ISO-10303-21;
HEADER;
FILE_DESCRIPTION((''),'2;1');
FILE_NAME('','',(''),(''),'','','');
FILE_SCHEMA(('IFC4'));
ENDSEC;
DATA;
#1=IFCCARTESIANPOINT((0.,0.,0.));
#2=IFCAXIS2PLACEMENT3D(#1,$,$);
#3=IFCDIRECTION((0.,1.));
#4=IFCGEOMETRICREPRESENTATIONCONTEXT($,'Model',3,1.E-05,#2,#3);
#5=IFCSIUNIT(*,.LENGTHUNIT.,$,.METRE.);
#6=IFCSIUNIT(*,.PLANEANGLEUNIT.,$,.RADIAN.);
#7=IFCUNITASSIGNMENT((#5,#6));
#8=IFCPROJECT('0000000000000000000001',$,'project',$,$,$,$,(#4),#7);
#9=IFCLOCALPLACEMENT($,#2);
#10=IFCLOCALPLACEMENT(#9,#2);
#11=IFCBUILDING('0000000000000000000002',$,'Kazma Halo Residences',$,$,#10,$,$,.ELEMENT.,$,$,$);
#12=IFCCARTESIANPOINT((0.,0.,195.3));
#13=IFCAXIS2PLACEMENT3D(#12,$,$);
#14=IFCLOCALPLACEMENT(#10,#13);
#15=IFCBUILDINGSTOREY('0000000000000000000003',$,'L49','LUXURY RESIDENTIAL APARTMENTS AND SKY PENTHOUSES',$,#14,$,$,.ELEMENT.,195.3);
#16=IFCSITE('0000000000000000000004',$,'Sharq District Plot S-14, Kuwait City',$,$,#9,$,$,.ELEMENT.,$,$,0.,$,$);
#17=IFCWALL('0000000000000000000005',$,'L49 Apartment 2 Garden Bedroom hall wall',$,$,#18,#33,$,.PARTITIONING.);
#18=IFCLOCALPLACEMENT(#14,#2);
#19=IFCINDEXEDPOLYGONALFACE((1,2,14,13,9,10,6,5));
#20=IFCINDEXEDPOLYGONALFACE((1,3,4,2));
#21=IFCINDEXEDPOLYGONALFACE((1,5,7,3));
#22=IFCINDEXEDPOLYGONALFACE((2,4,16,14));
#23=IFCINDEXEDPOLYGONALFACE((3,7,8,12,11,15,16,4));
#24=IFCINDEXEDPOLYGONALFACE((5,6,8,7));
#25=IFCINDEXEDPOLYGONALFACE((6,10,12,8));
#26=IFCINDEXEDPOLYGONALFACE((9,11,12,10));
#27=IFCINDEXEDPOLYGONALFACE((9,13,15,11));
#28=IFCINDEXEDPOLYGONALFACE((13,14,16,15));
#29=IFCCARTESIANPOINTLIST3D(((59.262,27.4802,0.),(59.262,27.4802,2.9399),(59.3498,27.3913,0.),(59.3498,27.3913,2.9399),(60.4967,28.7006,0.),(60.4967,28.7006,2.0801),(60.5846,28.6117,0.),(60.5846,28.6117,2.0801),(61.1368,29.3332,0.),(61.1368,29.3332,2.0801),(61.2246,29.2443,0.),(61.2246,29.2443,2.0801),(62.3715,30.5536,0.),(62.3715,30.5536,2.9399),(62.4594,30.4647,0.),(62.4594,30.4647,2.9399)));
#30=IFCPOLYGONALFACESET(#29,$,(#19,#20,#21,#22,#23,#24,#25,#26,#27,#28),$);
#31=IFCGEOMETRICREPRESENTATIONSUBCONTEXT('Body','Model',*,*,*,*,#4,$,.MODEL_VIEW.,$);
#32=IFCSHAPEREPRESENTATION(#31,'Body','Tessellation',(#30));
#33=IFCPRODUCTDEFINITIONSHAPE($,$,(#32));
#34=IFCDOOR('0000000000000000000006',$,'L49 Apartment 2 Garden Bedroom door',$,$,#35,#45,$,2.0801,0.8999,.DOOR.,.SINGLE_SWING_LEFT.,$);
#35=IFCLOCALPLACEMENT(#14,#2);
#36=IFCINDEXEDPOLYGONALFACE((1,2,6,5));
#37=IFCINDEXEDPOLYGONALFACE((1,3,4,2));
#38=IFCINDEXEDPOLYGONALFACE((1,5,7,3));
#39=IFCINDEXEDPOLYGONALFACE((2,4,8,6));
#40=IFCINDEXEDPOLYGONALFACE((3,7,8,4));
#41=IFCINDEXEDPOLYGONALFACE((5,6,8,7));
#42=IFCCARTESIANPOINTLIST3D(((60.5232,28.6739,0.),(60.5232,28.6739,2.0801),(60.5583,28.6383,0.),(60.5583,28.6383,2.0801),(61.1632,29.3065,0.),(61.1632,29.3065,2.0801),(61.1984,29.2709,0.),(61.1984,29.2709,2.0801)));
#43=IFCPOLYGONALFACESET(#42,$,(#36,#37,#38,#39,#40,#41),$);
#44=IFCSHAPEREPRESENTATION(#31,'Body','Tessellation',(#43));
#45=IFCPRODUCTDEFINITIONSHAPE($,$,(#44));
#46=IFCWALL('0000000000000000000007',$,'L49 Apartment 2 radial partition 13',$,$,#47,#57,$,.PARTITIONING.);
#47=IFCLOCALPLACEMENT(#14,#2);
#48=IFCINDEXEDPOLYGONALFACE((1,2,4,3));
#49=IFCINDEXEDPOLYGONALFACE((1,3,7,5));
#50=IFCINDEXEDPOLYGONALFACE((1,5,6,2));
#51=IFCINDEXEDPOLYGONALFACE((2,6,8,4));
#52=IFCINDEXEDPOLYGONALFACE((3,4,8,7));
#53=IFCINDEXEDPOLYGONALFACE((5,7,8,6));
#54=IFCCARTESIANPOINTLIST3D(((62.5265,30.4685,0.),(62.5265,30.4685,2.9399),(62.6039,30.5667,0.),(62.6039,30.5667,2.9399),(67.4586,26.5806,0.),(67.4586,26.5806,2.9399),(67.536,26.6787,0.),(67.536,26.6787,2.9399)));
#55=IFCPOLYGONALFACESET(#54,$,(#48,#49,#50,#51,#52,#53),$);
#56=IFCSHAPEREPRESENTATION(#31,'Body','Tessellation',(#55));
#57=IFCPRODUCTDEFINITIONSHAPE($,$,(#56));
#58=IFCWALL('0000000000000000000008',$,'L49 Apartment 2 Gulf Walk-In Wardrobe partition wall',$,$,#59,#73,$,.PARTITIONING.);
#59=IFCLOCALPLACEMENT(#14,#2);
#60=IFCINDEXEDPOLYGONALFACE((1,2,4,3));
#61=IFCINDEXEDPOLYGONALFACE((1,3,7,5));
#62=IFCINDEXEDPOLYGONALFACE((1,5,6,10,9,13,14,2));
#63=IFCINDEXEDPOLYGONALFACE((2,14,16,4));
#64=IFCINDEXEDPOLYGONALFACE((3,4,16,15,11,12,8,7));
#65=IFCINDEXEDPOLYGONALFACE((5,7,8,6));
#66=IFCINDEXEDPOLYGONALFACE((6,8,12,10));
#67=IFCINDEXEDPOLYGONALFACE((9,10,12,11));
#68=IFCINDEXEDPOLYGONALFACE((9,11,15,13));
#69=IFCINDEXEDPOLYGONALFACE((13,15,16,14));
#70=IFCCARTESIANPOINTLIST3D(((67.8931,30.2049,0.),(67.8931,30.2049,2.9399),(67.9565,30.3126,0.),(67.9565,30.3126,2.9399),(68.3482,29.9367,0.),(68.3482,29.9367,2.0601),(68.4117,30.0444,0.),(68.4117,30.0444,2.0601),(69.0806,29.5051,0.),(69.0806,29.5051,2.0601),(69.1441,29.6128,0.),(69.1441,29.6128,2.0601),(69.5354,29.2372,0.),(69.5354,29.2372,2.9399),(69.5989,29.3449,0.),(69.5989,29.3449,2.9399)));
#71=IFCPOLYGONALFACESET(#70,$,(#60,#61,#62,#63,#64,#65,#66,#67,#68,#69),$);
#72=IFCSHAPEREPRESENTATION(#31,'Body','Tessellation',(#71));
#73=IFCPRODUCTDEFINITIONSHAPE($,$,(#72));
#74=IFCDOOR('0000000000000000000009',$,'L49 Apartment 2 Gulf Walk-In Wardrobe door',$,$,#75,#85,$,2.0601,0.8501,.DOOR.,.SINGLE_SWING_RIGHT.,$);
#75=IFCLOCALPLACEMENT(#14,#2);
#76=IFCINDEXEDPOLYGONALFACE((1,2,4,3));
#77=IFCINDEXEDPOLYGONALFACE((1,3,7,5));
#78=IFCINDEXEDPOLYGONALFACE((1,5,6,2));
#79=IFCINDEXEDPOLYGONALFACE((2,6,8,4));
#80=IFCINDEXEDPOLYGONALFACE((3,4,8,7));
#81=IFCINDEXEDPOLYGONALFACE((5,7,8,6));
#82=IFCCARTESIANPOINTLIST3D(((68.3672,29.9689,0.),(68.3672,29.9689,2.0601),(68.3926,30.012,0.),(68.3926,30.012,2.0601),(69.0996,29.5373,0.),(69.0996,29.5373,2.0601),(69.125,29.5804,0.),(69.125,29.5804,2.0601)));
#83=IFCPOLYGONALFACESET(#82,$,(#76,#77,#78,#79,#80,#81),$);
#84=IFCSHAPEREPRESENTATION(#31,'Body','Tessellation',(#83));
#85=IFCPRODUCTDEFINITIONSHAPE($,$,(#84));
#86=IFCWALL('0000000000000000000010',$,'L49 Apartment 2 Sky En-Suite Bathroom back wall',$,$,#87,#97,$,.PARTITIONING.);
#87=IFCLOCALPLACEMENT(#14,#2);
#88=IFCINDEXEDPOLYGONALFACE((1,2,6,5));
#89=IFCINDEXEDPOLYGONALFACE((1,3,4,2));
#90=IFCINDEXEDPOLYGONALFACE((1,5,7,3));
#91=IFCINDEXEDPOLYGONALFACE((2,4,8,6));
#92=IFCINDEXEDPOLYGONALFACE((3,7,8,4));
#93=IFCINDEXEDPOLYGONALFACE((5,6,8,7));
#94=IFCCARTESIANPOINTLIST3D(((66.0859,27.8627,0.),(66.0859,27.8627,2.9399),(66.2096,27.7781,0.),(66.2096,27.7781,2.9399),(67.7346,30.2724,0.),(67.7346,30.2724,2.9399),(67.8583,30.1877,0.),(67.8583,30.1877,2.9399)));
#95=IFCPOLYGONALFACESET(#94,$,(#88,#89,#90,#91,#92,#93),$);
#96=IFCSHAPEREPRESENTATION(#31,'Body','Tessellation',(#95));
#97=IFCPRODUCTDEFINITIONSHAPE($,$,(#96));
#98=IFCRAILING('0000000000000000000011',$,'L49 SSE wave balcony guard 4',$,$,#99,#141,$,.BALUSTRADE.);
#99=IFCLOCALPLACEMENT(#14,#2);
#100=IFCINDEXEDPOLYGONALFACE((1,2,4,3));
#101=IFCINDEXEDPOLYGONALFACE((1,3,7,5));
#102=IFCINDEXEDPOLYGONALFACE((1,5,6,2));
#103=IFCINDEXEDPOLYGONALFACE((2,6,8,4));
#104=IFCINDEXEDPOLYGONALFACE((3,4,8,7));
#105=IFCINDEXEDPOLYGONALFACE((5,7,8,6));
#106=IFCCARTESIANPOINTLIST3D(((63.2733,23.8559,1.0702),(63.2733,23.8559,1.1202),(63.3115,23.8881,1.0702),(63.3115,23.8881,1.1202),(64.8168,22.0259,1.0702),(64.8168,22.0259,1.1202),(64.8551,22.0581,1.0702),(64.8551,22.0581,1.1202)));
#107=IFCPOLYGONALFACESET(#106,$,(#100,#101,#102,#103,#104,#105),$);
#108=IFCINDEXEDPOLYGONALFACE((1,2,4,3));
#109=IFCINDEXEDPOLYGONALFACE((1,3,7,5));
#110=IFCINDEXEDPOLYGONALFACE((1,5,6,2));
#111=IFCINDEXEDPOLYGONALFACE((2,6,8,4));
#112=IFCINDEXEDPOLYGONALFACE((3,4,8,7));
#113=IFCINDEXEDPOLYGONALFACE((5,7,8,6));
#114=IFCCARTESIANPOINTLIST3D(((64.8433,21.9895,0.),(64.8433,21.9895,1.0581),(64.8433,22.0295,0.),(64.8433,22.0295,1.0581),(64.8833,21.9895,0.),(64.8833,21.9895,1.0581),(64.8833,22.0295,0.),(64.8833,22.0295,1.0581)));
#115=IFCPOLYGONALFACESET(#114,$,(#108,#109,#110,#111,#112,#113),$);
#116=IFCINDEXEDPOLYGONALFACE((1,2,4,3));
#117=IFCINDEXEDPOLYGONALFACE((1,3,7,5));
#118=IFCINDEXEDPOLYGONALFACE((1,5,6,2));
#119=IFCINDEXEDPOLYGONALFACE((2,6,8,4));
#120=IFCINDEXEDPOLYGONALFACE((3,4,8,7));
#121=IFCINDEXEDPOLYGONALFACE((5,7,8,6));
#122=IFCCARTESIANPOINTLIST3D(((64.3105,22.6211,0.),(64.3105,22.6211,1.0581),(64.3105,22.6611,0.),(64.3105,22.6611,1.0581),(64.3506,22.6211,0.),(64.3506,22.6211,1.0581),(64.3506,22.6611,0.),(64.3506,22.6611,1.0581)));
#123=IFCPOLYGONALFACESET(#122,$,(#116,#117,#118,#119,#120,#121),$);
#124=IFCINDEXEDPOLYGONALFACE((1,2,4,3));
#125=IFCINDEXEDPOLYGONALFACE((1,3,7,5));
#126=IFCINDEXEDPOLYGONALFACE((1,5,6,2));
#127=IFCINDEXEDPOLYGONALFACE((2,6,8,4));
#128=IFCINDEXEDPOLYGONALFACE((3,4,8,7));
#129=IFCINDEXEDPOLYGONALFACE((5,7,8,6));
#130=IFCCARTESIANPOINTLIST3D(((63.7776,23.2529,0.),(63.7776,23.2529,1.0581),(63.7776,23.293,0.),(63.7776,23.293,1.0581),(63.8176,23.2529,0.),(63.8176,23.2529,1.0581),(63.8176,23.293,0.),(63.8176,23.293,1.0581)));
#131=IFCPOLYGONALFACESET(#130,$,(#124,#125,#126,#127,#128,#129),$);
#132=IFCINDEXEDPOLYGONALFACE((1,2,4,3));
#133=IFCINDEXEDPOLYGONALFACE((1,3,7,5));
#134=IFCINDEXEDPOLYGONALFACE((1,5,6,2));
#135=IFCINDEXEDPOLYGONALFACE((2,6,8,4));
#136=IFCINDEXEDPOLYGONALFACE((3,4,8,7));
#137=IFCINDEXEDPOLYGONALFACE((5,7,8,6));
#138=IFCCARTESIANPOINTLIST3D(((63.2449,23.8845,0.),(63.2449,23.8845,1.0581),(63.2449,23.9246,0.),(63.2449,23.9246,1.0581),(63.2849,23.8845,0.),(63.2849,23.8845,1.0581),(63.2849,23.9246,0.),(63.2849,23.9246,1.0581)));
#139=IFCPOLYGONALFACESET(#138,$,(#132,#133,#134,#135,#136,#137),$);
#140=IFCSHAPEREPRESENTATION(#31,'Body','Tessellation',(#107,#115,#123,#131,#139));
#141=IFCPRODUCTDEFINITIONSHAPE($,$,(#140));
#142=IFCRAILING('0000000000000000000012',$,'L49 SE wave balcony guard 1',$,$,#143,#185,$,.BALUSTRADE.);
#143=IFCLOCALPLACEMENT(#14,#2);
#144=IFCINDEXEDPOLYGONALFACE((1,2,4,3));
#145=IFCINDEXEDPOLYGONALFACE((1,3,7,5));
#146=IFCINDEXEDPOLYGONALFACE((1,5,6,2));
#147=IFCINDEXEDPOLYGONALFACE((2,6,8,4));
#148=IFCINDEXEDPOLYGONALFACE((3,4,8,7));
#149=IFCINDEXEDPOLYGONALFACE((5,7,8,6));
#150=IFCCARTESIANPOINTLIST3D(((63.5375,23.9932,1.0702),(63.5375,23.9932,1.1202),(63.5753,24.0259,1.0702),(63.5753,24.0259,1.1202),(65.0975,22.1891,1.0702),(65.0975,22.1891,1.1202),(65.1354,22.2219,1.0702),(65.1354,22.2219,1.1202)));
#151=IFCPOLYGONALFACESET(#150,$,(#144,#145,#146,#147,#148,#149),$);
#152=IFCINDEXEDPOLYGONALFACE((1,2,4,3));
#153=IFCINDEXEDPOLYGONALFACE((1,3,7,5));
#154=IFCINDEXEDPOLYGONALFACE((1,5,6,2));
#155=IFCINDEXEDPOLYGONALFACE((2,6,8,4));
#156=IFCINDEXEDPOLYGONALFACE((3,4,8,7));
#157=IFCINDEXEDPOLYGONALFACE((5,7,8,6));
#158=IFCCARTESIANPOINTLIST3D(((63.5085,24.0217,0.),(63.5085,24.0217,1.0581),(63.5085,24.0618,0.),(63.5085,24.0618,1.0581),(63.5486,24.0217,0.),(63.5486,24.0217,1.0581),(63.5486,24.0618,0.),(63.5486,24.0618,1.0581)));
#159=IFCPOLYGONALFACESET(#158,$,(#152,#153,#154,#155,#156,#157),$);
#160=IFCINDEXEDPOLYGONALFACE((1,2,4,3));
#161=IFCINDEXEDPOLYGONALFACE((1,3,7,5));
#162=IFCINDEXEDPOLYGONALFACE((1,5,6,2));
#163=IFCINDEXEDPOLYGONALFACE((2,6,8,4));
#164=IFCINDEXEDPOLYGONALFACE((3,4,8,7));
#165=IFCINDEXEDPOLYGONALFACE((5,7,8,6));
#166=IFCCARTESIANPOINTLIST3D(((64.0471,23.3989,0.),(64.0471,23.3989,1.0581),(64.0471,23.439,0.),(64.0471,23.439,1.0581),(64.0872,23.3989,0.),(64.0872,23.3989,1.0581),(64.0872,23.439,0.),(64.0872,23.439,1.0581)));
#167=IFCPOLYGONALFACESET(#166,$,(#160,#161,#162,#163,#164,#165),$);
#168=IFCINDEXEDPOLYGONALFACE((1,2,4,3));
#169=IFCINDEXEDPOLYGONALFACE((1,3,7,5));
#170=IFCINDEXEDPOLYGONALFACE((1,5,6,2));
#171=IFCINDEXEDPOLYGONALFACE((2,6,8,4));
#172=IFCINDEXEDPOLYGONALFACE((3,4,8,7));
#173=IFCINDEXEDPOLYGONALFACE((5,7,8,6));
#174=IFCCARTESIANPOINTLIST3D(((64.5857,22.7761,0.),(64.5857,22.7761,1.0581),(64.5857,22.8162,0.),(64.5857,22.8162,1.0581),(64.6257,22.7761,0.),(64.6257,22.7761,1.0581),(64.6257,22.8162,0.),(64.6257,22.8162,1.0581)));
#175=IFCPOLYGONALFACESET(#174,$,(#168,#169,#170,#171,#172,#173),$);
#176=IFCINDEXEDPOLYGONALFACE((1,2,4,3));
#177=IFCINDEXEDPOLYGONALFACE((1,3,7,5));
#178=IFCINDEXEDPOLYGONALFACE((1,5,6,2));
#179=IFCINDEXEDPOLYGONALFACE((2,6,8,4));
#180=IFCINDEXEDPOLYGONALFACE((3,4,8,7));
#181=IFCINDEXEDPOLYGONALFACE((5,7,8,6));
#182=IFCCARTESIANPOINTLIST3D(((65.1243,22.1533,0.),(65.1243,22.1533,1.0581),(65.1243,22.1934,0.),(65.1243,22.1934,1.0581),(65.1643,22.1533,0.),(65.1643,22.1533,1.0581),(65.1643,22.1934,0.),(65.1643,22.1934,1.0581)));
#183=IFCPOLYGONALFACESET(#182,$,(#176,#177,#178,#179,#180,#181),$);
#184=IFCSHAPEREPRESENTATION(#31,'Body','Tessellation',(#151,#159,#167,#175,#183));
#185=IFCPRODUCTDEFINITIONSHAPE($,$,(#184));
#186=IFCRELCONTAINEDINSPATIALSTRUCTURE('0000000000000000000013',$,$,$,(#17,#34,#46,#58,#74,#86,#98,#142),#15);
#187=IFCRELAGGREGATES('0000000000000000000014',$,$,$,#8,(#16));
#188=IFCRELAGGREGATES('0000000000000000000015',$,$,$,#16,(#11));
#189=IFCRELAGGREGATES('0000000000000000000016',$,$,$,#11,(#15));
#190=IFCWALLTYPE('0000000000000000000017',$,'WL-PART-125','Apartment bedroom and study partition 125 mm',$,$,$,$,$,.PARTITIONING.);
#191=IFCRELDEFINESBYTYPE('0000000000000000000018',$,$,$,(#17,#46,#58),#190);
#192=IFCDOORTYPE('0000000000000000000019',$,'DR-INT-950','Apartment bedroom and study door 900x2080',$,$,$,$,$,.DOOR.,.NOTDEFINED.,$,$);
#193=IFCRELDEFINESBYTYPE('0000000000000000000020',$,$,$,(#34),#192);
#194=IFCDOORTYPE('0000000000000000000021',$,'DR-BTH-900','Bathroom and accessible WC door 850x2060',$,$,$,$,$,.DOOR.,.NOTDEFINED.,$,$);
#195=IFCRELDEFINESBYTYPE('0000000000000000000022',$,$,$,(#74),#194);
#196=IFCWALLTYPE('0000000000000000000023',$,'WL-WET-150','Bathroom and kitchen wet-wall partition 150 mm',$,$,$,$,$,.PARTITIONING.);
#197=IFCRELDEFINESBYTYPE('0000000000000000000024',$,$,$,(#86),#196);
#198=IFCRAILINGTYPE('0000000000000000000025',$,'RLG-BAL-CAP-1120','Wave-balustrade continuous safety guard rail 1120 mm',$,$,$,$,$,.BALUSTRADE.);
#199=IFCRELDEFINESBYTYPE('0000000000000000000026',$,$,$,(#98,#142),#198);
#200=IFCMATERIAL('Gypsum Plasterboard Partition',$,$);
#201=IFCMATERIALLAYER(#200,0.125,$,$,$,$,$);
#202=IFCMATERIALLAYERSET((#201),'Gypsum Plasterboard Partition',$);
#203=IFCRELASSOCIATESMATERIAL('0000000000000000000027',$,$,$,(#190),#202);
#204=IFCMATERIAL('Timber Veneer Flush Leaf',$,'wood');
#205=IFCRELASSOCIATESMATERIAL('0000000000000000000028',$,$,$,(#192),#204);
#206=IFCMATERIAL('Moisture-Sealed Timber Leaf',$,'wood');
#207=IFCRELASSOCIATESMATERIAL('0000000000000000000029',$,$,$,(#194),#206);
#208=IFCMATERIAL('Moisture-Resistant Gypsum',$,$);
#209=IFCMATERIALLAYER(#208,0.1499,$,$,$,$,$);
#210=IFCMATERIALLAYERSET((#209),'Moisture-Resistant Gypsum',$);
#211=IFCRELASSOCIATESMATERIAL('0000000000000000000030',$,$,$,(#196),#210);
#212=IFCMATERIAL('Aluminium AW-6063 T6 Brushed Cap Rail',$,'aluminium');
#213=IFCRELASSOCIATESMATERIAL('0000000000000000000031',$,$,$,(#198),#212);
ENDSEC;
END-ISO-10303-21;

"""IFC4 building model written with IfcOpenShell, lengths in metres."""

from ifc_helpers import new_model, si_unit, direction, frame, frame_2d, origin, origin_2d, place, context, subcontext, project, spatial, rectangle, extrude, material, layer, layer_set, type_object, element, fill, save


model = new_model("IFC4")

# Units and contexts
model_context = context("Model", 3, precision=1e-05, world=origin(), true_north=direction((0.0, 1.0)))
body_context = subcontext(model_context, "Body", "Model", "MODEL_VIEW")
ifc_project = project(units=[si_unit("LENGTHUNIT", "METRE"), si_unit("PLANEANGLEUNIT", "RADIAN")], contexts=[model_context])

# Site, building, storey
site_placement = place(None, origin())
site = spatial("IfcSite", under=ifc_project, at=site_placement, Name="Sharq District Plot S-14, Kuwait City", CompositionType="ELEMENT", RefElevation=0.0)
building_placement = place(site_placement, origin())
building = spatial("IfcBuilding", under=site, at=building_placement, Name="Kazma Halo Residences", CompositionType="ELEMENT")
storey_placement = place(building_placement, frame((0.0, 0.0, 195.3)))
storey = spatial("IfcBuildingStorey", under=building, at=storey_placement, Name="L49", Description="LUXURY RESIDENTIAL APARTMENTS AND SKY PENTHOUSES", CompositionType="ELEMENT", Elevation=195.3)

# Shared definitions
ifc_material_1 = material(Name="Gypsum Plasterboard Partition")
ifc_layer_1 = layer(ifc_material_1, 0.125)
ifc_layer_set_1 = layer_set([ifc_layer_1], Name="Gypsum Plasterboard Partition")
wall_type_1 = type_object("IfcWallType", Name="WL-PART-125", Description="Apartment bedroom and study partition 125 mm", PredefinedType="PARTITIONING", material=ifc_layer_set_1)

# Wall, opening, door
wall_1_placement = place(storey_placement, frame((59.3059, 27.4358, 0.0), z_axis=(0.0, 0.0, 1.0), x_axis=(0.711227, 0.702963, 0.0)))
wall_1 = element("IfcWall", 1, at=wall_1_placement, inside=storey, type_object=wall_type_1, Name="L49 Apartment 2 Garden Bedroom hall wall", PredefinedType="PARTITIONING", context=body_context, shape_type="SweptSolid", body=[
    extrude(rectangle(XDim=4.3721, YDim=0.125, at=frame_2d((2.186, 0.0))), origin(), (0.0, 0.0, 1.0), 2.9399),
])
opening_1_placement = place(wall_1_placement, frame((1.7361, 0.0, 0.0)))
opening_1 = element("IfcOpeningElement", 2, at=opening_1_placement, cuts=wall_1, PredefinedType="OPENING", context=body_context, shape_type="SweptSolid", body=[
    extrude(rectangle(XDim=0.8999, YDim=2.0801, at=frame_2d((0.45, 1.04))), frame((0.0, 0.0725, 0.0), z_axis=(0.0, -1.0, 0.0), x_axis=(1.0, 0.0, 0.0)), (0.0, 0.0, 1.0), 0.145),
])
ifc_material_2 = material(Name="Timber Veneer Flush Leaf", Category="wood")
door_type_1 = type_object("IfcDoorType", Name="DR-INT-950", Description="Apartment bedroom and study door 900x2080", OperationType="NOTDEFINED", PredefinedType="DOOR", material=ifc_material_2)
door_1_placement = place(opening_1_placement, origin())
door_1 = element("IfcDoor", 3, at=door_1_placement, inside=storey, type_object=door_type_1, Name="L49 Apartment 2 Garden Bedroom door", OperationType="SINGLE_SWING_LEFT", OverallHeight=2.0801, OverallWidth=0.8999, PredefinedType="DOOR", context=body_context, shape_type="SweptSolid", body=[
    extrude(rectangle(XDim=0.8999, YDim=2.0801, at=frame_2d((0.45, 1.04))), frame((0.0, 0.0249, 0.0), z_axis=(0.0, -1.0, 0.0), x_axis=(1.0, 0.0, 0.0)), (0.0, 0.0, 1.0), 0.05),
])
fill(opening_1, door_1)

# Wall
wall_2_placement = place(storey_placement, frame((62.5652, 30.5176, 0.0), z_axis=(0.0, 0.0, 1.0), x_axis=(0.785335, -0.619071, 0.0)))
element("IfcWall", 4, at=wall_2_placement, inside=storey, type_object=wall_type_1, Name="L49 Apartment 2 radial partition 13", PredefinedType="PARTITIONING", context=body_context, shape_type="SweptSolid", body=[
    extrude(rectangle(XDim=6.2803, YDim=0.125, at=frame_2d((3.1401, 0.0))), origin(), (0.0, 0.0, 1.0), 2.9399),
])

# Wall, opening, door
wall_3_placement = place(storey_placement, frame((67.9248, 30.2588, 0.0), z_axis=(0.0, 0.0, 1.0), x_axis=(0.861545, -0.50768, 0.0)))
wall_3 = element("IfcWall", 5, at=wall_3_placement, inside=storey, type_object=wall_type_1, Name="L49 Apartment 2 Gulf Walk-In Wardrobe partition wall", PredefinedType="PARTITIONING", context=body_context, shape_type="SweptSolid", body=[
    extrude(rectangle(XDim=1.9062, YDim=0.125, at=frame_2d((0.9531, 0.0))), origin(), (0.0, 0.0, 1.0), 2.9399),
])
opening_2_placement = place(wall_3_placement, frame((0.5283, 0.0, 0.0)))
opening_2 = element("IfcOpeningElement", 6, at=opening_2_placement, cuts=wall_3, PredefinedType="OPENING", context=body_context, shape_type="SweptSolid", body=[
    extrude(rectangle(XDim=0.8501, YDim=2.0601, at=frame_2d((0.425, 1.03))), frame((0.0, 0.0725, 0.0), z_axis=(0.0, -1.0, 0.0), x_axis=(1.0, 0.0, 0.0)), (0.0, 0.0, 1.0), 0.145),
])
ifc_material_3 = material(Name="Moisture-Sealed Timber Leaf", Category="wood")
door_type_2 = type_object("IfcDoorType", Name="DR-BTH-900", Description="Bathroom and accessible WC door 850x2060", OperationType="NOTDEFINED", PredefinedType="DOOR", material=ifc_material_3)
door_2_placement = place(opening_2_placement, origin())
door_2 = element("IfcDoor", 7, at=door_2_placement, inside=storey, type_object=door_type_2, Name="L49 Apartment 2 Gulf Walk-In Wardrobe door", OperationType="SINGLE_SWING_RIGHT", OverallHeight=2.0601, OverallWidth=0.8501, PredefinedType="DOOR", context=body_context, shape_type="SweptSolid", body=[
    extrude(rectangle(XDim=0.8501, YDim=2.0601, at=frame_2d((0.425, 1.03))), frame((0.0, 0.0249, 0.0), z_axis=(0.0, -1.0, 0.0), x_axis=(1.0, 0.0, 0.0)), (0.0, 0.0, 1.0), 0.05),
])
fill(opening_2, door_2)

# Wall
ifc_material_4 = material(Name="Moisture-Resistant Gypsum")
ifc_layer_2 = layer(ifc_material_4, 0.1499)
ifc_layer_set_2 = layer_set([ifc_layer_2], Name="Moisture-Resistant Gypsum")
wall_type_2 = type_object("IfcWallType", Name="WL-WET-150", Description="Bathroom and kitchen wet-wall partition 150 mm", PredefinedType="PARTITIONING", material=ifc_layer_set_2)
wall_4_placement = place(storey_placement, frame((66.1477, 27.8203, 0.0), z_axis=(0.0, 0.0, 1.0), x_axis=(0.564675, 0.825313, 0.0)))
element("IfcWall", 8, at=wall_4_placement, inside=storey, type_object=wall_type_2, Name="L49 Apartment 2 Sky En-Suite Bathroom back wall", PredefinedType="PARTITIONING", context=body_context, shape_type="SweptSolid", body=[
    extrude(rectangle(XDim=2.9197, YDim=0.1499, at=frame_2d((1.46, 0.0))), origin(), (0.0, 0.0, 1.0), 2.9399),
])

# Railings
ifc_material_5 = material(Name="Aluminium AW-6063 T6 Brushed Cap Rail", Category="aluminium")
railing_type = type_object("IfcRailingType", Name="RLG-BAL-CAP-1120", Description="Wave-balustrade continuous safety guard rail 1120 mm", PredefinedType="BALUSTRADE", material=ifc_material_5)
railing_1_placement = place(storey_placement, frame((64.8633, 22.0095, 0.0)))
element("IfcRailing", 9, at=railing_1_placement, inside=storey, type_object=railing_type, Name="L49 SSE wave balcony guard 4", PredefinedType="BALUSTRADE", context=body_context, shape_type="SweptSolid", body=[
    extrude(rectangle(XDim=0.05, YDim=0.05, at=origin_2d()), frame((-0.0273, 0.0325, 1.0952), z_axis=(-0.644745, 0.764398, 0.0), x_axis=(-0.764398, -0.644745, 0.0)), (0.0, 0.0, 1.0), 2.394),
    extrude(rectangle(XDim=0.04, YDim=0.04, at=origin_2d()), origin(), (0.0, 0.0, 1.0), 1.0581),
    extrude(rectangle(XDim=0.04, YDim=0.04, at=origin_2d()), frame((-0.5327, 0.6316, 0.0)), (0.0, 0.0, 1.0), 1.0581),
    extrude(rectangle(XDim=0.04, YDim=0.04, at=origin_2d()), frame((-1.0657, 1.2634, 0.0)), (0.0, 0.0, 1.0), 1.0581),
    extrude(rectangle(XDim=0.04, YDim=0.04, at=origin_2d()), frame((-1.5984, 1.895, 0.0)), (0.0, 0.0, 1.0), 1.0581),
])
railing_2_placement = place(storey_placement, frame((63.5286, 24.0417, 0.0)))
element("IfcRailing", 10, at=railing_2_placement, inside=storey, type_object=railing_type, Name="L49 SE wave balcony guard 1", PredefinedType="BALUSTRADE", context=body_context, shape_type="SweptSolid", body=[
    extrude(rectangle(XDim=0.05, YDim=0.05, at=origin_2d()), frame((0.0278, -0.0322, 1.0952), z_axis=(0.654106, -0.756403, 0.0), x_axis=(0.756403, 0.654106, 0.0)), (0.0, 0.0, 1.0), 2.385),
    extrude(rectangle(XDim=0.04, YDim=0.04, at=origin_2d()), origin(), (0.0, 0.0, 1.0), 1.0581),
    extrude(rectangle(XDim=0.04, YDim=0.04, at=origin_2d()), frame((0.5386, -0.6228, 0.0)), (0.0, 0.0, 1.0), 1.0581),
    extrude(rectangle(XDim=0.04, YDim=0.04, at=origin_2d()), frame((1.0771, -1.2456, 0.0)), (0.0, 0.0, 1.0), 1.0581),
    extrude(rectangle(XDim=0.04, YDim=0.04, at=origin_2d()), frame((1.6157, -1.8684, 0.0)), (0.0, 0.0, 1.0), 1.0581),
])

save(model, "model.ifc")
